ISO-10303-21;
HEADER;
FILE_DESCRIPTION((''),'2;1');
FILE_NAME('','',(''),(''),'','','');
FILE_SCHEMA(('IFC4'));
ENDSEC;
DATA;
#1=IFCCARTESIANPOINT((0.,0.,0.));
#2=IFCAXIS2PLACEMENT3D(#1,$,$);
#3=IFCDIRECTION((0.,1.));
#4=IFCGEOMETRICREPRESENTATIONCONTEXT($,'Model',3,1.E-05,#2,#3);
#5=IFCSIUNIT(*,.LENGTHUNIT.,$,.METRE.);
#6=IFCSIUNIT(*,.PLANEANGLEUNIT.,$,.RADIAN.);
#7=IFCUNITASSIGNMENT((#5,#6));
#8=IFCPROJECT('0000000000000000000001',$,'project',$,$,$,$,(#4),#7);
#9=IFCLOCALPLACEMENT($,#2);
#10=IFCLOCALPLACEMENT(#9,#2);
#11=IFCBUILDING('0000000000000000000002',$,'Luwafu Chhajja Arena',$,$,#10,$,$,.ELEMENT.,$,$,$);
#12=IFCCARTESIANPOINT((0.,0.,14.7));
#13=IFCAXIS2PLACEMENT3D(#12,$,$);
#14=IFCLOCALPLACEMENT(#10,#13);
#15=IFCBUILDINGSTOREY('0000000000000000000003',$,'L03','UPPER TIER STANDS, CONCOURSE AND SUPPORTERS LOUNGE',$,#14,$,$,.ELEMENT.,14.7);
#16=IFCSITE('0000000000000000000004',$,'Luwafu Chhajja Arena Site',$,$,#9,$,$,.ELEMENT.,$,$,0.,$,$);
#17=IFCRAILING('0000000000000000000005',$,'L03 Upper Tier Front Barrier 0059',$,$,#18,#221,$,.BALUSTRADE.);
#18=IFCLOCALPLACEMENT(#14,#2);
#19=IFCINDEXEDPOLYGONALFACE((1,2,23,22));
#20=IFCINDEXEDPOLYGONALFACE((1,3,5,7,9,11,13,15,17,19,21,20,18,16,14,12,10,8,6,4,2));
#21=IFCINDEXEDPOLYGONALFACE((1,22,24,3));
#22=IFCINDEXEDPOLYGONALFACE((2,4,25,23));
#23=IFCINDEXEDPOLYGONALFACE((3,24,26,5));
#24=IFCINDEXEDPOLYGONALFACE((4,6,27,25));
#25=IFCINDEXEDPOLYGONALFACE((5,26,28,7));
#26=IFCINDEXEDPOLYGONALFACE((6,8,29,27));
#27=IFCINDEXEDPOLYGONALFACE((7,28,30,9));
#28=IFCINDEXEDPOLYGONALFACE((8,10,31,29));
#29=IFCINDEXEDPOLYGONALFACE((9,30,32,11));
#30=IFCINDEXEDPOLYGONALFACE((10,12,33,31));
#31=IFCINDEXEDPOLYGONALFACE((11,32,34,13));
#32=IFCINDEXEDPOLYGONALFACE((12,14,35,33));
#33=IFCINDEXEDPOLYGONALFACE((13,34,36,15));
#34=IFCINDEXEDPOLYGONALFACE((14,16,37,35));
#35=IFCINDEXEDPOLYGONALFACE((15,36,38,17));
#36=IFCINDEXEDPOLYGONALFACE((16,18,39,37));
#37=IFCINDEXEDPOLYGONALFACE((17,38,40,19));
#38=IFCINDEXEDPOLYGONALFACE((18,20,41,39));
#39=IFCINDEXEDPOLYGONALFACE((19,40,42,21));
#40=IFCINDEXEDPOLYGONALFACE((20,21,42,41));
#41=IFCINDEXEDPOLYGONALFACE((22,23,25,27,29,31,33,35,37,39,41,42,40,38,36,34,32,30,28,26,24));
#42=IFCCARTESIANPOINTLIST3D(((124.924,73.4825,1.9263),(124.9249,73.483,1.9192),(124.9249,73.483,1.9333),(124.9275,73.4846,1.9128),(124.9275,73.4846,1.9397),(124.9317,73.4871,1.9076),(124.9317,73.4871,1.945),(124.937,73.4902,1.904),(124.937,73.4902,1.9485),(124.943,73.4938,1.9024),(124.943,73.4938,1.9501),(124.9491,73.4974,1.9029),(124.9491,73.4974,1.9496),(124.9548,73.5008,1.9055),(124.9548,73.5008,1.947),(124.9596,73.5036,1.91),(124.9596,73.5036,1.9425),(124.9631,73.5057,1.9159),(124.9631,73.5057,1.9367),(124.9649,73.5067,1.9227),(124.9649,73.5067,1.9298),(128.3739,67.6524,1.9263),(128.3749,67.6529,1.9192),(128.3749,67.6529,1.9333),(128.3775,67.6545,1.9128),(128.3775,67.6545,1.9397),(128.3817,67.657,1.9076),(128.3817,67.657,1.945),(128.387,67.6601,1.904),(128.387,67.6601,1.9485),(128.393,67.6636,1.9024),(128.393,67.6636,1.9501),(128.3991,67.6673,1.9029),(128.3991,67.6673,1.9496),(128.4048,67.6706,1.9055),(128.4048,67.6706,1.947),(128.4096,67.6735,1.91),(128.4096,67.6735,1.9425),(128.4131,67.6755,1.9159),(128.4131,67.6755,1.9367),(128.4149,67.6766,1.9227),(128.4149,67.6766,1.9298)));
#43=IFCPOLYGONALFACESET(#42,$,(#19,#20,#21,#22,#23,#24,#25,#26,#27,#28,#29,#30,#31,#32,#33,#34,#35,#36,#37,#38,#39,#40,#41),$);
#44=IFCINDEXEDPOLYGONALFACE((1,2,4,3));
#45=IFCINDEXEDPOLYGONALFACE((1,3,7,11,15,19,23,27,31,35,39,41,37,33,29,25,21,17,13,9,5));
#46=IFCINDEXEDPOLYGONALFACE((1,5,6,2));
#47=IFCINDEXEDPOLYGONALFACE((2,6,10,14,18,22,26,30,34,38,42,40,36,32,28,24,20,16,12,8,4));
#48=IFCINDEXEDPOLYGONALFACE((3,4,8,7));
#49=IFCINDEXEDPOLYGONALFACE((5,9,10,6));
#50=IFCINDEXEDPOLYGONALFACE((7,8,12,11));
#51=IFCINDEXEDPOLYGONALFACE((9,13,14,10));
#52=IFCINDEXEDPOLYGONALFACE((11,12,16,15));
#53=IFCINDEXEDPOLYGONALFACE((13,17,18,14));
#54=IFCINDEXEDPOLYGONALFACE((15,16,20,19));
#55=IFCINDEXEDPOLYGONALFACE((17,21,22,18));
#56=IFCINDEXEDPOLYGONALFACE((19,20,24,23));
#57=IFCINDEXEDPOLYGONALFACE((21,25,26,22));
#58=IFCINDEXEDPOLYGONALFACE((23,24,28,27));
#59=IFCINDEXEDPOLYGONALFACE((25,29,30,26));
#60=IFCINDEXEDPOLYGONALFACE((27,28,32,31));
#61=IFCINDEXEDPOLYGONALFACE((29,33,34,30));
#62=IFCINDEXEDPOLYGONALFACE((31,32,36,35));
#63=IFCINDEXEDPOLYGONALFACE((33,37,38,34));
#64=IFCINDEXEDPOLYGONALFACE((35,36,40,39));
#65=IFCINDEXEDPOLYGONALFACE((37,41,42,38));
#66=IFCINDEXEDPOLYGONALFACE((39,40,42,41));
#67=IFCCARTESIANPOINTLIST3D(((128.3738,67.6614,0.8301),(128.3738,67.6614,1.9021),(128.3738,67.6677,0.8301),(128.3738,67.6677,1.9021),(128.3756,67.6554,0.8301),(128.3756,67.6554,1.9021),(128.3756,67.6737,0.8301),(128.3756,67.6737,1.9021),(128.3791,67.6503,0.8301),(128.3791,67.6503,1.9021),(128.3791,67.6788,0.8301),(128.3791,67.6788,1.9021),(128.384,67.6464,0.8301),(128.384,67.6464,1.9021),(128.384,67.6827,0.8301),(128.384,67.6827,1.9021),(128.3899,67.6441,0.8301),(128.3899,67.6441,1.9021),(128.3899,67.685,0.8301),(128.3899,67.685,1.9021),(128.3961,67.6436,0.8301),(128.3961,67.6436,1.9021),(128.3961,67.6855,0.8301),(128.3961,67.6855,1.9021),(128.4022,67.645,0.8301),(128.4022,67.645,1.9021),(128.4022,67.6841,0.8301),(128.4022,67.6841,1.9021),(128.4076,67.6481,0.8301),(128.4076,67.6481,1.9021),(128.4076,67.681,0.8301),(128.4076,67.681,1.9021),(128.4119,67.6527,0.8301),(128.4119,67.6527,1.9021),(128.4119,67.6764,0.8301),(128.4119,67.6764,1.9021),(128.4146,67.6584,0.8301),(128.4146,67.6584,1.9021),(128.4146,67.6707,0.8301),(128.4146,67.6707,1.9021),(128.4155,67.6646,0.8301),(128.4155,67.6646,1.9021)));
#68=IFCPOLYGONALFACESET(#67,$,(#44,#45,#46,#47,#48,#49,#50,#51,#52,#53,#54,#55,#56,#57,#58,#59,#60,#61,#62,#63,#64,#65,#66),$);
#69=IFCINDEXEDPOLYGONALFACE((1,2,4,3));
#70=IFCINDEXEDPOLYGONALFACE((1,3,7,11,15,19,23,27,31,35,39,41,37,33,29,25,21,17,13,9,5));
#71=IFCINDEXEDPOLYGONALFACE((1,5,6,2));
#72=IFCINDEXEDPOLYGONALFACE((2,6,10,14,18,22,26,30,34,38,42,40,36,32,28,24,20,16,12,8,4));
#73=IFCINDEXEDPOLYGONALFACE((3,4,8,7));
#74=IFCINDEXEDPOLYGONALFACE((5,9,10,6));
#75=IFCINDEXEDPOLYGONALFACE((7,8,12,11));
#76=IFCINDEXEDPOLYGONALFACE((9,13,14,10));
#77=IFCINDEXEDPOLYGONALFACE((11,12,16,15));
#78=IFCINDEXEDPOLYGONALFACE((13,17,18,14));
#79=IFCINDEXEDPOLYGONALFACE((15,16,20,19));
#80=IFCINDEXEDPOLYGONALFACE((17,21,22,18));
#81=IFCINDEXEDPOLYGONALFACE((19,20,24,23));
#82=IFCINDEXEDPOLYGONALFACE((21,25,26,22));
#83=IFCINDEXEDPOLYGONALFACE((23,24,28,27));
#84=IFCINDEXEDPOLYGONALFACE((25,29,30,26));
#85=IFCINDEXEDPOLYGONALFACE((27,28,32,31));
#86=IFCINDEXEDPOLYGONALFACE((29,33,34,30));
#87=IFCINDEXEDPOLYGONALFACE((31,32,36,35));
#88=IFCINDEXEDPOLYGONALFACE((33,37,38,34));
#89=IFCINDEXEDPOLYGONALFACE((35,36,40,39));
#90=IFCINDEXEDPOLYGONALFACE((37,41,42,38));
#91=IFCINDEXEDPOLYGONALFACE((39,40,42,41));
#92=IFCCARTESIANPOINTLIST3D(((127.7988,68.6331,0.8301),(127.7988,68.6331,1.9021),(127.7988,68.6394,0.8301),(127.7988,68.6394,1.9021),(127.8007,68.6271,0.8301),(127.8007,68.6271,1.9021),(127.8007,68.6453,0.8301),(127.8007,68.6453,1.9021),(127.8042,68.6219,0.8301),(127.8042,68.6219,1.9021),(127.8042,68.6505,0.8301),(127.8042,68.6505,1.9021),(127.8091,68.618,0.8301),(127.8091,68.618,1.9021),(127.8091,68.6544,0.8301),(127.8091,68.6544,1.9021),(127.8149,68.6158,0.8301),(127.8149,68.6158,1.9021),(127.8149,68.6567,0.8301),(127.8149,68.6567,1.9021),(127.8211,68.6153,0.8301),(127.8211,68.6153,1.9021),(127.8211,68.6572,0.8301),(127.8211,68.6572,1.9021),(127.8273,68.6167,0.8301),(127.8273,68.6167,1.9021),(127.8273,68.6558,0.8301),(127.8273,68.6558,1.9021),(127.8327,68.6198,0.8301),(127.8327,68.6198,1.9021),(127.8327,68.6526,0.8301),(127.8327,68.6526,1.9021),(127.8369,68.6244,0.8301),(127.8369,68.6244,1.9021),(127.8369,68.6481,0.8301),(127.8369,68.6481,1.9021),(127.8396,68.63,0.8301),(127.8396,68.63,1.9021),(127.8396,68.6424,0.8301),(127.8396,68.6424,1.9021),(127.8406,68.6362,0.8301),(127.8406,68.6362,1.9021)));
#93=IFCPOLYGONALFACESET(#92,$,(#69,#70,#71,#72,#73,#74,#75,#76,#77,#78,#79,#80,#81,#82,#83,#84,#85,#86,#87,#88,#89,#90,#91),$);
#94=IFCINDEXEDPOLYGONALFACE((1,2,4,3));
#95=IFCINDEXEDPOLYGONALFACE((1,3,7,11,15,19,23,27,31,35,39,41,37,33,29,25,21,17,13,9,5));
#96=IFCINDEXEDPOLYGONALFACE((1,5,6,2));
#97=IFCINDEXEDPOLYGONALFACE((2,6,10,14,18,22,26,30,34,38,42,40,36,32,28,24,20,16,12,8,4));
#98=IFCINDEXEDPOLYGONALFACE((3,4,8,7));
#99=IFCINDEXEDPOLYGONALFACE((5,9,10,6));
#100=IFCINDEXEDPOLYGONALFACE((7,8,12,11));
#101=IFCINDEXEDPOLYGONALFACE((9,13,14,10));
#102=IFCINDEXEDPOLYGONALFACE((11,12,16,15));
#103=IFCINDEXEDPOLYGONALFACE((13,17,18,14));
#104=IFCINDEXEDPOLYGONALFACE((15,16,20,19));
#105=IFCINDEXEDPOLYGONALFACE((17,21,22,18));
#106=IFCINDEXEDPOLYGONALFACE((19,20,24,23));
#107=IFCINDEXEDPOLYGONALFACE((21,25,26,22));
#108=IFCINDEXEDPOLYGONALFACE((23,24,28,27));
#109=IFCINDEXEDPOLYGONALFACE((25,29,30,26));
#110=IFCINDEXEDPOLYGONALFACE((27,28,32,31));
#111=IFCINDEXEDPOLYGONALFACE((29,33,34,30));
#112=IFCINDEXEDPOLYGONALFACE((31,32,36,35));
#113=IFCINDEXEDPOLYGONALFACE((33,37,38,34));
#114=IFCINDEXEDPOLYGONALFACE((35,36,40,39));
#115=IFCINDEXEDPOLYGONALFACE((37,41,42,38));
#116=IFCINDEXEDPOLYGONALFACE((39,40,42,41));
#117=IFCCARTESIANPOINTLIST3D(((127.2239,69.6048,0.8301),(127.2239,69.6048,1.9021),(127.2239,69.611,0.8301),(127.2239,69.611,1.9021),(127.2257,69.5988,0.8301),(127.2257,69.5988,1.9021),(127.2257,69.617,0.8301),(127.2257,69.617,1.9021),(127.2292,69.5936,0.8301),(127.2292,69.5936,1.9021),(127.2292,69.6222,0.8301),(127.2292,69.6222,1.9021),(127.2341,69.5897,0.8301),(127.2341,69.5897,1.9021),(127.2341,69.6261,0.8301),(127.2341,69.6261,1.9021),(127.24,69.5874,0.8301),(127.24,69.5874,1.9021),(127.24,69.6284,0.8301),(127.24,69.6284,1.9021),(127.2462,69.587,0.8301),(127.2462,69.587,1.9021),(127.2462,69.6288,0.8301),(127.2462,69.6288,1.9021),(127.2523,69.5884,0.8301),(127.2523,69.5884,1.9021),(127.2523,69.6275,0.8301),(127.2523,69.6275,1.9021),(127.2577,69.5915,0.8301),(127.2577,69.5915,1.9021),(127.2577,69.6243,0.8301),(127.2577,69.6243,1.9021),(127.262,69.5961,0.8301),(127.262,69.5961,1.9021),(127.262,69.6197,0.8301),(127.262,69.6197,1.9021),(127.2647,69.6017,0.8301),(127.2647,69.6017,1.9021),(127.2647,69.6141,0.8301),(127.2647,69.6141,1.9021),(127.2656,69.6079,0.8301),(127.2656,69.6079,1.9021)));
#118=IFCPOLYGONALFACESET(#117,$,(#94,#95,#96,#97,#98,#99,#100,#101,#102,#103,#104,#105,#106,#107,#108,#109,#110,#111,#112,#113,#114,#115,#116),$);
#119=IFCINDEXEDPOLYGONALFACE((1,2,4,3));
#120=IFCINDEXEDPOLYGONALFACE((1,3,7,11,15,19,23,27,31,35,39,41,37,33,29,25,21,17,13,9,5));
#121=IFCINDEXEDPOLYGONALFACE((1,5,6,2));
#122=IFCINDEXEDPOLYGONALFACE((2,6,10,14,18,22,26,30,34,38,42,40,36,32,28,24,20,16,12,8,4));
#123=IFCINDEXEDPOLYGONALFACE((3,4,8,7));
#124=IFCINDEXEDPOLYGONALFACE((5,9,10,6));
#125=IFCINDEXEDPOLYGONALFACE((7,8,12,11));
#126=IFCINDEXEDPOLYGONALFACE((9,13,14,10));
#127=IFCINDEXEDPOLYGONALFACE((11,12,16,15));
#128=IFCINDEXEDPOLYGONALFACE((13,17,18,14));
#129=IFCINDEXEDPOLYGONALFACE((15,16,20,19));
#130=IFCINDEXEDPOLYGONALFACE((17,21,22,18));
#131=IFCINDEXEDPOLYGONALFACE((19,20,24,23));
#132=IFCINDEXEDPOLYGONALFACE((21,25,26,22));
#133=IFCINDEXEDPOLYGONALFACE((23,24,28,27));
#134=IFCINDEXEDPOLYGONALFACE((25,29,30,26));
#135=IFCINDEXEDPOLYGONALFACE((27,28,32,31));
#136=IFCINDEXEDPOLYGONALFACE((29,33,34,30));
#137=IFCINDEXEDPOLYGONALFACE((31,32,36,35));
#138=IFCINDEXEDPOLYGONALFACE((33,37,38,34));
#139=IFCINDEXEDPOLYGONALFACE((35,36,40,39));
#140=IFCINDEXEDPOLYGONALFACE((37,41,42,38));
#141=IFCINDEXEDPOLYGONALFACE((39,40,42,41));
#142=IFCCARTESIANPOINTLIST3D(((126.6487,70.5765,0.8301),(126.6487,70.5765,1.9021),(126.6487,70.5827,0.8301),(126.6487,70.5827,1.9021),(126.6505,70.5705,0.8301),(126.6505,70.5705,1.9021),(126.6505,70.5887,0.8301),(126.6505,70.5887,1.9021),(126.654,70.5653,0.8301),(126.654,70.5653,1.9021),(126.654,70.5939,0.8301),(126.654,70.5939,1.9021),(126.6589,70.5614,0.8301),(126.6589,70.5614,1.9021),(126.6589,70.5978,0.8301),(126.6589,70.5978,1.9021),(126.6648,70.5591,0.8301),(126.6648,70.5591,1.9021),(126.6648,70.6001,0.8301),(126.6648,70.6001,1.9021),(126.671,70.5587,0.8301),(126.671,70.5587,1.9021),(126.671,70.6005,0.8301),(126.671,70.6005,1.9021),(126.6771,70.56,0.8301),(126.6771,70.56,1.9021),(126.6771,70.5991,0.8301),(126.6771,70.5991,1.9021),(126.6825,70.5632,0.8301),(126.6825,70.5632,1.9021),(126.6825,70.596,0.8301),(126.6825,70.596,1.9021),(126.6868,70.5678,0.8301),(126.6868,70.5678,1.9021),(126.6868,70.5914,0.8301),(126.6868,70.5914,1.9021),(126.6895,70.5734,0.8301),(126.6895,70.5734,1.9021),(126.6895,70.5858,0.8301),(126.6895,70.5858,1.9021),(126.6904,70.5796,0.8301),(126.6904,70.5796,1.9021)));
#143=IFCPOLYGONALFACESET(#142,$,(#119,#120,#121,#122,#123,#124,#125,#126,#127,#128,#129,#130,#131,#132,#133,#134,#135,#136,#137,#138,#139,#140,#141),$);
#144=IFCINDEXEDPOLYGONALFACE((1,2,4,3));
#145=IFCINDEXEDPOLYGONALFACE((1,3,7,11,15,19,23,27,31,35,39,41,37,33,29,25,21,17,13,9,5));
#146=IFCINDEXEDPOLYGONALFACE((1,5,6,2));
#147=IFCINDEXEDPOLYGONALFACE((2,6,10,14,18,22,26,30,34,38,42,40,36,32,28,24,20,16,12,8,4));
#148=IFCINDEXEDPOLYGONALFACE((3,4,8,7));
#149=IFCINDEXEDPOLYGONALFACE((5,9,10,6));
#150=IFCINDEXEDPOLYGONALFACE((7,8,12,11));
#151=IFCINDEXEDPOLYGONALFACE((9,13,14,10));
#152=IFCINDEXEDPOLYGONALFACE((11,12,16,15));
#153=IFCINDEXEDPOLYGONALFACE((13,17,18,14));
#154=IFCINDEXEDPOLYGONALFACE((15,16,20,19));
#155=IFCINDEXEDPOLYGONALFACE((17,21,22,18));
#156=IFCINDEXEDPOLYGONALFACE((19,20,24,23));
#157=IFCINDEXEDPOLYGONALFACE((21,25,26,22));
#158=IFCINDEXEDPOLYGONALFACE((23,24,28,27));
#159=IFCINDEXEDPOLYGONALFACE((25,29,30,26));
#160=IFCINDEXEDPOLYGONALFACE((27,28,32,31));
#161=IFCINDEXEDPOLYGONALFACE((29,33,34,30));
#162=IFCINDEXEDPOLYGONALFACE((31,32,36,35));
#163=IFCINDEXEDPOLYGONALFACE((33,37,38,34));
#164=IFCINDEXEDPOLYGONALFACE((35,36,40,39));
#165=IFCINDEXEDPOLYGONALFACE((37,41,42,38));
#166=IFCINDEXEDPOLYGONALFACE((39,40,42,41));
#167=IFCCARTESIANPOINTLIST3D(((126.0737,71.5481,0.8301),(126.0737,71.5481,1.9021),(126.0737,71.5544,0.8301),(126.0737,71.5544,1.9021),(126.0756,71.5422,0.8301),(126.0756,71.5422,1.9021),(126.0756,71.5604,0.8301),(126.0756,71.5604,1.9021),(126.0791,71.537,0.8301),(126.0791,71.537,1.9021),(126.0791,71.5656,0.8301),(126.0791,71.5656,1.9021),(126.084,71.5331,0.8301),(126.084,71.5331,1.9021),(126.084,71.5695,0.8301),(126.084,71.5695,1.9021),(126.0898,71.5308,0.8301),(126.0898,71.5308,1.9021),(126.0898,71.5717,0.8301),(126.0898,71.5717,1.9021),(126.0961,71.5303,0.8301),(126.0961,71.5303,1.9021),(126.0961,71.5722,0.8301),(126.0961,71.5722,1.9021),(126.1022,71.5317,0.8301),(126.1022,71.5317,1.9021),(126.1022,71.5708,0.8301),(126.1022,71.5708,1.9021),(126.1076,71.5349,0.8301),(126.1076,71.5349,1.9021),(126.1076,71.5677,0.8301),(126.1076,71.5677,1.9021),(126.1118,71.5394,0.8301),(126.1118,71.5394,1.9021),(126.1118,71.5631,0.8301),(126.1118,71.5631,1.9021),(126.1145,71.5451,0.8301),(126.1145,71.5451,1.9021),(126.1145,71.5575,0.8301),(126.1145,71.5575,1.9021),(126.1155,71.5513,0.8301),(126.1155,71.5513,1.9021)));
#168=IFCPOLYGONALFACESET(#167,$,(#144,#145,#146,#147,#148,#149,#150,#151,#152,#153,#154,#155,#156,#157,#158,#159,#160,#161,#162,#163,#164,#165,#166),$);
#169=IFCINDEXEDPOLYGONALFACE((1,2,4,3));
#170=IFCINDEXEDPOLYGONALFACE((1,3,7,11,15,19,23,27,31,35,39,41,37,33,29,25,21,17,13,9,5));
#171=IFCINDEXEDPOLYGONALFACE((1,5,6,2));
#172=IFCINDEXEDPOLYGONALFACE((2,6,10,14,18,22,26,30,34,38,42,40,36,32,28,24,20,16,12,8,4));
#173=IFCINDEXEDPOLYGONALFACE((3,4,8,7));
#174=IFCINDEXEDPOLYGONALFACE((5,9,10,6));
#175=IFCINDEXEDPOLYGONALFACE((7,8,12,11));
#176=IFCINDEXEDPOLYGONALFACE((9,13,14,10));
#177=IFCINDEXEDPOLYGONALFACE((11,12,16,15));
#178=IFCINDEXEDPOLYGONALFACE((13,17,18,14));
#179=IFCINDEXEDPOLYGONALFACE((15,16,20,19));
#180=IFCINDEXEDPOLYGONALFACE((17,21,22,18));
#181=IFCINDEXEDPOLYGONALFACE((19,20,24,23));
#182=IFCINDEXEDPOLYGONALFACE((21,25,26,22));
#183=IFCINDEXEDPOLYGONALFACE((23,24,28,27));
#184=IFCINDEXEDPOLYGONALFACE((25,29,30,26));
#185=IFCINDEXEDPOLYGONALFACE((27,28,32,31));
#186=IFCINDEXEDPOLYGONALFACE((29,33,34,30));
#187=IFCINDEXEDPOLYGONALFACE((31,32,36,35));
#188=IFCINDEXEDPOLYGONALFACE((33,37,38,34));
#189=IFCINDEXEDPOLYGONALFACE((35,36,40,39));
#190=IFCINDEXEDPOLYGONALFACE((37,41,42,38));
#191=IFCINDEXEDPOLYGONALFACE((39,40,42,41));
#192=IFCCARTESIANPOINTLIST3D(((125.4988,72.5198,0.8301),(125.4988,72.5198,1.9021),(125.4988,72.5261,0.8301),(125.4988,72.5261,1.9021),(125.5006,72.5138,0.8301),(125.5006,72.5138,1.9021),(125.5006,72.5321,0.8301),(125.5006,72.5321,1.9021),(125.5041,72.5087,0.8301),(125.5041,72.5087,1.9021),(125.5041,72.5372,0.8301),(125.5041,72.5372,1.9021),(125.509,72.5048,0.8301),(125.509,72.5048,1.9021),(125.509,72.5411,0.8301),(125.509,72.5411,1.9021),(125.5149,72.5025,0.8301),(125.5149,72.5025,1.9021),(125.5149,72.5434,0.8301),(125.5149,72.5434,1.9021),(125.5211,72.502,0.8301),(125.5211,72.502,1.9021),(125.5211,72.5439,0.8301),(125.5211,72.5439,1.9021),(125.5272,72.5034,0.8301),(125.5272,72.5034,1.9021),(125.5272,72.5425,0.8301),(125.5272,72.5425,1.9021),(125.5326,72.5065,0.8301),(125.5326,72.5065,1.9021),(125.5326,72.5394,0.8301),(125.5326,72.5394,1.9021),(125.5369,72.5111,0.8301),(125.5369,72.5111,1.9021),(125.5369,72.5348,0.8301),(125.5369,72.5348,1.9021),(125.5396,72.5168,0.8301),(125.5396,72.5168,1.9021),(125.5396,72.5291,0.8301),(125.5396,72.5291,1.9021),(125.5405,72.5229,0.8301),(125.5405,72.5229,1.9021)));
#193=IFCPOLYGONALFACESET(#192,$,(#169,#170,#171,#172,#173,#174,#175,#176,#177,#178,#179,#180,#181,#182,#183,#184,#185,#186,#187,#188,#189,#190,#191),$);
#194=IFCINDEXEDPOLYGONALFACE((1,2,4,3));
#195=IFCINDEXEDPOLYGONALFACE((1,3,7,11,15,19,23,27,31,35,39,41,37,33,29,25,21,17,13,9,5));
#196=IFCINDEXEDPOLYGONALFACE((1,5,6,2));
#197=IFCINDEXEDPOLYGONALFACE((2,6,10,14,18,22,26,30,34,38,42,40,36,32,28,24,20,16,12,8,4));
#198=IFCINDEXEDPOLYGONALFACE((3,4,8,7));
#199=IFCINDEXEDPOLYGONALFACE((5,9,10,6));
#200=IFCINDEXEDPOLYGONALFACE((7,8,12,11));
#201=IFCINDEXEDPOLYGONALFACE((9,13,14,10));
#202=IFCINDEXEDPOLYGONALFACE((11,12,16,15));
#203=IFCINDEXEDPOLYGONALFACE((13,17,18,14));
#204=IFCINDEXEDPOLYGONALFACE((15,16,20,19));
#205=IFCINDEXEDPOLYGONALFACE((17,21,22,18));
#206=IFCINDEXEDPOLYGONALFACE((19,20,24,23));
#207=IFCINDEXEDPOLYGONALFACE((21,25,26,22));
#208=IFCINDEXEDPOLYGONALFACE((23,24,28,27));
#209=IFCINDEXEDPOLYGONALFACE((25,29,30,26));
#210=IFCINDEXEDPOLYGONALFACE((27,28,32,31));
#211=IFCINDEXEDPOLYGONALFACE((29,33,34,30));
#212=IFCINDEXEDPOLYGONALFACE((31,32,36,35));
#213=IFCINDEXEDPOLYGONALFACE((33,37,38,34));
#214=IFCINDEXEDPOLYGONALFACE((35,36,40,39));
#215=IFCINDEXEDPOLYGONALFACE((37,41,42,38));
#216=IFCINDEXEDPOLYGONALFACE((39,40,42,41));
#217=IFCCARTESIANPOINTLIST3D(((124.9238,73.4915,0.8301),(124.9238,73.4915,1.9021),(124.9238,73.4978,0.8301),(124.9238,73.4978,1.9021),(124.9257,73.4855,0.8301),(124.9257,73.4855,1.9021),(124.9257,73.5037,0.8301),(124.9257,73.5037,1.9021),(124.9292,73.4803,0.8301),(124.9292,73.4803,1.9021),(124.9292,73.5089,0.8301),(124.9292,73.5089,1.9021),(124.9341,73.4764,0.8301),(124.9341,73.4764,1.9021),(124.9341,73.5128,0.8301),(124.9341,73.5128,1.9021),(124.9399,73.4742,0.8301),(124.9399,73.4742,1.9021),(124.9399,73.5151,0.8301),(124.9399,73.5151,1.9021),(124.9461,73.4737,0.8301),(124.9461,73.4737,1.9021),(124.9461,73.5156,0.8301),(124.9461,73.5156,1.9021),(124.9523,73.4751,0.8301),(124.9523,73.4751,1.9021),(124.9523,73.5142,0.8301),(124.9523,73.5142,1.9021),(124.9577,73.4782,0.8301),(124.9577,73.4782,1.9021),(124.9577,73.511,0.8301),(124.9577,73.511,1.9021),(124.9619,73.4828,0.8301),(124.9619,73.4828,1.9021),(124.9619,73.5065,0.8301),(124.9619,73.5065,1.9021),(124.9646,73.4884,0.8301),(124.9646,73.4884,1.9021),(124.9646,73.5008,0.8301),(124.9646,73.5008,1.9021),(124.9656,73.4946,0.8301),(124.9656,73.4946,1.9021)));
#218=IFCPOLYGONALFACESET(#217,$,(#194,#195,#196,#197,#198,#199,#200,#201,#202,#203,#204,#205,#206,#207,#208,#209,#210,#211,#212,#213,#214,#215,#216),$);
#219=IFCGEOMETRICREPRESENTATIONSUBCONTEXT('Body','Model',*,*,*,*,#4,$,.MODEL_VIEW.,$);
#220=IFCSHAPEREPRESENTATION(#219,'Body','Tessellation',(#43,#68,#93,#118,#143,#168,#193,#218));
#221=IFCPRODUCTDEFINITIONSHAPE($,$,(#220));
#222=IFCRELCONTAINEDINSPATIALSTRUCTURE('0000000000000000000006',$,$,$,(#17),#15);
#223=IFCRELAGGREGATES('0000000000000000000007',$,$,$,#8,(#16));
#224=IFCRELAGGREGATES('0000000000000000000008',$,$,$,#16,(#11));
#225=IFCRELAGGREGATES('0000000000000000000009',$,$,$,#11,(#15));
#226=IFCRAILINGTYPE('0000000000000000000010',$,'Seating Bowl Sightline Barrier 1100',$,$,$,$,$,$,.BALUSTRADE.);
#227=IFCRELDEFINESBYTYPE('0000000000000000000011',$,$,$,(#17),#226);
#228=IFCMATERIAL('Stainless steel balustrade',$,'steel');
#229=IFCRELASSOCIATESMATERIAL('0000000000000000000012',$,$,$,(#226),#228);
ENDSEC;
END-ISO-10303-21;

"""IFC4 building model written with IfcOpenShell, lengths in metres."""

from ifc_helpers import new_model, si_unit, direction, frame, origin, origin_2d, place, context, subcontext, project, spatial, circle, extrude, material, type_object, element, save


model = new_model("IFC4")

# Units and contexts
model_context = context("Model", 3, precision=1e-05, world=origin(), true_north=direction((0.0, 1.0)))
body_context = subcontext(model_context, "Body", "Model", "MODEL_VIEW")
ifc_project = project(units=[si_unit("LENGTHUNIT", "METRE"), si_unit("PLANEANGLEUNIT", "RADIAN")], contexts=[model_context])

# Site, building, storey
site_placement = place(None, origin())
site = spatial("IfcSite", under=ifc_project, at=site_placement, Name="Luwafu Chhajja Arena Site", CompositionType="ELEMENT", RefElevation=0.0)
building_placement = place(site_placement, origin())
building = spatial("IfcBuilding", under=site, at=building_placement, Name="Luwafu Chhajja Arena", CompositionType="ELEMENT")
storey_placement = place(building_placement, frame((0.0, 0.0, 14.7)))
storey = spatial("IfcBuildingStorey", under=building, at=storey_placement, Name="L03", Description="UPPER TIER STANDS, CONCOURSE AND SUPPORTERS LOUNGE", CompositionType="ELEMENT", Elevation=14.7)

# Railing
ifc_material_1 = material(Name="Stainless steel balustrade", Category="steel")
railing_type = type_object("IfcRailingType", Name="Seating Bowl Sightline Barrier 1100", PredefinedType="BALUSTRADE", material=ifc_material_1)
railing_1_placement = place(storey_placement, frame((128.3945, 67.6646, 0.8301)))
element("IfcRailing", 1, at=railing_1_placement, inside=storey, type_object=railing_type, Name="L03 Upper Tier Front Barrier 0059", PredefinedType="BALUSTRADE", context=body_context, shape_type="SweptSolid", body=[
    extrude(circle(Radius=0.0239, at=origin_2d()), frame((0.0, 0.0, 1.0962), z_axis=(-0.509266, 0.860609, 0.0), x_axis=(-0.860609, -0.509266, 0.0)), (0.0, 0.0, 1.0), 6.7744),
    extrude(circle(Radius=0.021, at=origin_2d()), origin(), (0.0, 0.0, 1.0), 1.072),
    extrude(circle(Radius=0.021, at=origin_2d()), frame((-0.575, 0.9717, 0.0)), (0.0, 0.0, 1.0), 1.072),
    extrude(circle(Radius=0.021, at=origin_2d()), frame((-1.1499, 1.9434, 0.0)), (0.0, 0.0, 1.0), 1.072),
    extrude(circle(Radius=0.021, at=origin_2d()), frame((-1.7251, 2.915, 0.0)), (0.0, 0.0, 1.0), 1.072),
    extrude(circle(Radius=0.021, at=origin_2d()), frame((-2.3, 3.8867, 0.0)), (0.0, 0.0, 1.0), 1.072),
    extrude(circle(Radius=0.021, at=origin_2d()), frame((-2.875, 4.8584, 0.0)), (0.0, 0.0, 1.0), 1.072),
    extrude(circle(Radius=0.021, at=origin_2d()), frame((-3.45, 5.8301, 0.0)), (0.0, 0.0, 1.0), 1.072),
])

save(model, "model.ifc")
